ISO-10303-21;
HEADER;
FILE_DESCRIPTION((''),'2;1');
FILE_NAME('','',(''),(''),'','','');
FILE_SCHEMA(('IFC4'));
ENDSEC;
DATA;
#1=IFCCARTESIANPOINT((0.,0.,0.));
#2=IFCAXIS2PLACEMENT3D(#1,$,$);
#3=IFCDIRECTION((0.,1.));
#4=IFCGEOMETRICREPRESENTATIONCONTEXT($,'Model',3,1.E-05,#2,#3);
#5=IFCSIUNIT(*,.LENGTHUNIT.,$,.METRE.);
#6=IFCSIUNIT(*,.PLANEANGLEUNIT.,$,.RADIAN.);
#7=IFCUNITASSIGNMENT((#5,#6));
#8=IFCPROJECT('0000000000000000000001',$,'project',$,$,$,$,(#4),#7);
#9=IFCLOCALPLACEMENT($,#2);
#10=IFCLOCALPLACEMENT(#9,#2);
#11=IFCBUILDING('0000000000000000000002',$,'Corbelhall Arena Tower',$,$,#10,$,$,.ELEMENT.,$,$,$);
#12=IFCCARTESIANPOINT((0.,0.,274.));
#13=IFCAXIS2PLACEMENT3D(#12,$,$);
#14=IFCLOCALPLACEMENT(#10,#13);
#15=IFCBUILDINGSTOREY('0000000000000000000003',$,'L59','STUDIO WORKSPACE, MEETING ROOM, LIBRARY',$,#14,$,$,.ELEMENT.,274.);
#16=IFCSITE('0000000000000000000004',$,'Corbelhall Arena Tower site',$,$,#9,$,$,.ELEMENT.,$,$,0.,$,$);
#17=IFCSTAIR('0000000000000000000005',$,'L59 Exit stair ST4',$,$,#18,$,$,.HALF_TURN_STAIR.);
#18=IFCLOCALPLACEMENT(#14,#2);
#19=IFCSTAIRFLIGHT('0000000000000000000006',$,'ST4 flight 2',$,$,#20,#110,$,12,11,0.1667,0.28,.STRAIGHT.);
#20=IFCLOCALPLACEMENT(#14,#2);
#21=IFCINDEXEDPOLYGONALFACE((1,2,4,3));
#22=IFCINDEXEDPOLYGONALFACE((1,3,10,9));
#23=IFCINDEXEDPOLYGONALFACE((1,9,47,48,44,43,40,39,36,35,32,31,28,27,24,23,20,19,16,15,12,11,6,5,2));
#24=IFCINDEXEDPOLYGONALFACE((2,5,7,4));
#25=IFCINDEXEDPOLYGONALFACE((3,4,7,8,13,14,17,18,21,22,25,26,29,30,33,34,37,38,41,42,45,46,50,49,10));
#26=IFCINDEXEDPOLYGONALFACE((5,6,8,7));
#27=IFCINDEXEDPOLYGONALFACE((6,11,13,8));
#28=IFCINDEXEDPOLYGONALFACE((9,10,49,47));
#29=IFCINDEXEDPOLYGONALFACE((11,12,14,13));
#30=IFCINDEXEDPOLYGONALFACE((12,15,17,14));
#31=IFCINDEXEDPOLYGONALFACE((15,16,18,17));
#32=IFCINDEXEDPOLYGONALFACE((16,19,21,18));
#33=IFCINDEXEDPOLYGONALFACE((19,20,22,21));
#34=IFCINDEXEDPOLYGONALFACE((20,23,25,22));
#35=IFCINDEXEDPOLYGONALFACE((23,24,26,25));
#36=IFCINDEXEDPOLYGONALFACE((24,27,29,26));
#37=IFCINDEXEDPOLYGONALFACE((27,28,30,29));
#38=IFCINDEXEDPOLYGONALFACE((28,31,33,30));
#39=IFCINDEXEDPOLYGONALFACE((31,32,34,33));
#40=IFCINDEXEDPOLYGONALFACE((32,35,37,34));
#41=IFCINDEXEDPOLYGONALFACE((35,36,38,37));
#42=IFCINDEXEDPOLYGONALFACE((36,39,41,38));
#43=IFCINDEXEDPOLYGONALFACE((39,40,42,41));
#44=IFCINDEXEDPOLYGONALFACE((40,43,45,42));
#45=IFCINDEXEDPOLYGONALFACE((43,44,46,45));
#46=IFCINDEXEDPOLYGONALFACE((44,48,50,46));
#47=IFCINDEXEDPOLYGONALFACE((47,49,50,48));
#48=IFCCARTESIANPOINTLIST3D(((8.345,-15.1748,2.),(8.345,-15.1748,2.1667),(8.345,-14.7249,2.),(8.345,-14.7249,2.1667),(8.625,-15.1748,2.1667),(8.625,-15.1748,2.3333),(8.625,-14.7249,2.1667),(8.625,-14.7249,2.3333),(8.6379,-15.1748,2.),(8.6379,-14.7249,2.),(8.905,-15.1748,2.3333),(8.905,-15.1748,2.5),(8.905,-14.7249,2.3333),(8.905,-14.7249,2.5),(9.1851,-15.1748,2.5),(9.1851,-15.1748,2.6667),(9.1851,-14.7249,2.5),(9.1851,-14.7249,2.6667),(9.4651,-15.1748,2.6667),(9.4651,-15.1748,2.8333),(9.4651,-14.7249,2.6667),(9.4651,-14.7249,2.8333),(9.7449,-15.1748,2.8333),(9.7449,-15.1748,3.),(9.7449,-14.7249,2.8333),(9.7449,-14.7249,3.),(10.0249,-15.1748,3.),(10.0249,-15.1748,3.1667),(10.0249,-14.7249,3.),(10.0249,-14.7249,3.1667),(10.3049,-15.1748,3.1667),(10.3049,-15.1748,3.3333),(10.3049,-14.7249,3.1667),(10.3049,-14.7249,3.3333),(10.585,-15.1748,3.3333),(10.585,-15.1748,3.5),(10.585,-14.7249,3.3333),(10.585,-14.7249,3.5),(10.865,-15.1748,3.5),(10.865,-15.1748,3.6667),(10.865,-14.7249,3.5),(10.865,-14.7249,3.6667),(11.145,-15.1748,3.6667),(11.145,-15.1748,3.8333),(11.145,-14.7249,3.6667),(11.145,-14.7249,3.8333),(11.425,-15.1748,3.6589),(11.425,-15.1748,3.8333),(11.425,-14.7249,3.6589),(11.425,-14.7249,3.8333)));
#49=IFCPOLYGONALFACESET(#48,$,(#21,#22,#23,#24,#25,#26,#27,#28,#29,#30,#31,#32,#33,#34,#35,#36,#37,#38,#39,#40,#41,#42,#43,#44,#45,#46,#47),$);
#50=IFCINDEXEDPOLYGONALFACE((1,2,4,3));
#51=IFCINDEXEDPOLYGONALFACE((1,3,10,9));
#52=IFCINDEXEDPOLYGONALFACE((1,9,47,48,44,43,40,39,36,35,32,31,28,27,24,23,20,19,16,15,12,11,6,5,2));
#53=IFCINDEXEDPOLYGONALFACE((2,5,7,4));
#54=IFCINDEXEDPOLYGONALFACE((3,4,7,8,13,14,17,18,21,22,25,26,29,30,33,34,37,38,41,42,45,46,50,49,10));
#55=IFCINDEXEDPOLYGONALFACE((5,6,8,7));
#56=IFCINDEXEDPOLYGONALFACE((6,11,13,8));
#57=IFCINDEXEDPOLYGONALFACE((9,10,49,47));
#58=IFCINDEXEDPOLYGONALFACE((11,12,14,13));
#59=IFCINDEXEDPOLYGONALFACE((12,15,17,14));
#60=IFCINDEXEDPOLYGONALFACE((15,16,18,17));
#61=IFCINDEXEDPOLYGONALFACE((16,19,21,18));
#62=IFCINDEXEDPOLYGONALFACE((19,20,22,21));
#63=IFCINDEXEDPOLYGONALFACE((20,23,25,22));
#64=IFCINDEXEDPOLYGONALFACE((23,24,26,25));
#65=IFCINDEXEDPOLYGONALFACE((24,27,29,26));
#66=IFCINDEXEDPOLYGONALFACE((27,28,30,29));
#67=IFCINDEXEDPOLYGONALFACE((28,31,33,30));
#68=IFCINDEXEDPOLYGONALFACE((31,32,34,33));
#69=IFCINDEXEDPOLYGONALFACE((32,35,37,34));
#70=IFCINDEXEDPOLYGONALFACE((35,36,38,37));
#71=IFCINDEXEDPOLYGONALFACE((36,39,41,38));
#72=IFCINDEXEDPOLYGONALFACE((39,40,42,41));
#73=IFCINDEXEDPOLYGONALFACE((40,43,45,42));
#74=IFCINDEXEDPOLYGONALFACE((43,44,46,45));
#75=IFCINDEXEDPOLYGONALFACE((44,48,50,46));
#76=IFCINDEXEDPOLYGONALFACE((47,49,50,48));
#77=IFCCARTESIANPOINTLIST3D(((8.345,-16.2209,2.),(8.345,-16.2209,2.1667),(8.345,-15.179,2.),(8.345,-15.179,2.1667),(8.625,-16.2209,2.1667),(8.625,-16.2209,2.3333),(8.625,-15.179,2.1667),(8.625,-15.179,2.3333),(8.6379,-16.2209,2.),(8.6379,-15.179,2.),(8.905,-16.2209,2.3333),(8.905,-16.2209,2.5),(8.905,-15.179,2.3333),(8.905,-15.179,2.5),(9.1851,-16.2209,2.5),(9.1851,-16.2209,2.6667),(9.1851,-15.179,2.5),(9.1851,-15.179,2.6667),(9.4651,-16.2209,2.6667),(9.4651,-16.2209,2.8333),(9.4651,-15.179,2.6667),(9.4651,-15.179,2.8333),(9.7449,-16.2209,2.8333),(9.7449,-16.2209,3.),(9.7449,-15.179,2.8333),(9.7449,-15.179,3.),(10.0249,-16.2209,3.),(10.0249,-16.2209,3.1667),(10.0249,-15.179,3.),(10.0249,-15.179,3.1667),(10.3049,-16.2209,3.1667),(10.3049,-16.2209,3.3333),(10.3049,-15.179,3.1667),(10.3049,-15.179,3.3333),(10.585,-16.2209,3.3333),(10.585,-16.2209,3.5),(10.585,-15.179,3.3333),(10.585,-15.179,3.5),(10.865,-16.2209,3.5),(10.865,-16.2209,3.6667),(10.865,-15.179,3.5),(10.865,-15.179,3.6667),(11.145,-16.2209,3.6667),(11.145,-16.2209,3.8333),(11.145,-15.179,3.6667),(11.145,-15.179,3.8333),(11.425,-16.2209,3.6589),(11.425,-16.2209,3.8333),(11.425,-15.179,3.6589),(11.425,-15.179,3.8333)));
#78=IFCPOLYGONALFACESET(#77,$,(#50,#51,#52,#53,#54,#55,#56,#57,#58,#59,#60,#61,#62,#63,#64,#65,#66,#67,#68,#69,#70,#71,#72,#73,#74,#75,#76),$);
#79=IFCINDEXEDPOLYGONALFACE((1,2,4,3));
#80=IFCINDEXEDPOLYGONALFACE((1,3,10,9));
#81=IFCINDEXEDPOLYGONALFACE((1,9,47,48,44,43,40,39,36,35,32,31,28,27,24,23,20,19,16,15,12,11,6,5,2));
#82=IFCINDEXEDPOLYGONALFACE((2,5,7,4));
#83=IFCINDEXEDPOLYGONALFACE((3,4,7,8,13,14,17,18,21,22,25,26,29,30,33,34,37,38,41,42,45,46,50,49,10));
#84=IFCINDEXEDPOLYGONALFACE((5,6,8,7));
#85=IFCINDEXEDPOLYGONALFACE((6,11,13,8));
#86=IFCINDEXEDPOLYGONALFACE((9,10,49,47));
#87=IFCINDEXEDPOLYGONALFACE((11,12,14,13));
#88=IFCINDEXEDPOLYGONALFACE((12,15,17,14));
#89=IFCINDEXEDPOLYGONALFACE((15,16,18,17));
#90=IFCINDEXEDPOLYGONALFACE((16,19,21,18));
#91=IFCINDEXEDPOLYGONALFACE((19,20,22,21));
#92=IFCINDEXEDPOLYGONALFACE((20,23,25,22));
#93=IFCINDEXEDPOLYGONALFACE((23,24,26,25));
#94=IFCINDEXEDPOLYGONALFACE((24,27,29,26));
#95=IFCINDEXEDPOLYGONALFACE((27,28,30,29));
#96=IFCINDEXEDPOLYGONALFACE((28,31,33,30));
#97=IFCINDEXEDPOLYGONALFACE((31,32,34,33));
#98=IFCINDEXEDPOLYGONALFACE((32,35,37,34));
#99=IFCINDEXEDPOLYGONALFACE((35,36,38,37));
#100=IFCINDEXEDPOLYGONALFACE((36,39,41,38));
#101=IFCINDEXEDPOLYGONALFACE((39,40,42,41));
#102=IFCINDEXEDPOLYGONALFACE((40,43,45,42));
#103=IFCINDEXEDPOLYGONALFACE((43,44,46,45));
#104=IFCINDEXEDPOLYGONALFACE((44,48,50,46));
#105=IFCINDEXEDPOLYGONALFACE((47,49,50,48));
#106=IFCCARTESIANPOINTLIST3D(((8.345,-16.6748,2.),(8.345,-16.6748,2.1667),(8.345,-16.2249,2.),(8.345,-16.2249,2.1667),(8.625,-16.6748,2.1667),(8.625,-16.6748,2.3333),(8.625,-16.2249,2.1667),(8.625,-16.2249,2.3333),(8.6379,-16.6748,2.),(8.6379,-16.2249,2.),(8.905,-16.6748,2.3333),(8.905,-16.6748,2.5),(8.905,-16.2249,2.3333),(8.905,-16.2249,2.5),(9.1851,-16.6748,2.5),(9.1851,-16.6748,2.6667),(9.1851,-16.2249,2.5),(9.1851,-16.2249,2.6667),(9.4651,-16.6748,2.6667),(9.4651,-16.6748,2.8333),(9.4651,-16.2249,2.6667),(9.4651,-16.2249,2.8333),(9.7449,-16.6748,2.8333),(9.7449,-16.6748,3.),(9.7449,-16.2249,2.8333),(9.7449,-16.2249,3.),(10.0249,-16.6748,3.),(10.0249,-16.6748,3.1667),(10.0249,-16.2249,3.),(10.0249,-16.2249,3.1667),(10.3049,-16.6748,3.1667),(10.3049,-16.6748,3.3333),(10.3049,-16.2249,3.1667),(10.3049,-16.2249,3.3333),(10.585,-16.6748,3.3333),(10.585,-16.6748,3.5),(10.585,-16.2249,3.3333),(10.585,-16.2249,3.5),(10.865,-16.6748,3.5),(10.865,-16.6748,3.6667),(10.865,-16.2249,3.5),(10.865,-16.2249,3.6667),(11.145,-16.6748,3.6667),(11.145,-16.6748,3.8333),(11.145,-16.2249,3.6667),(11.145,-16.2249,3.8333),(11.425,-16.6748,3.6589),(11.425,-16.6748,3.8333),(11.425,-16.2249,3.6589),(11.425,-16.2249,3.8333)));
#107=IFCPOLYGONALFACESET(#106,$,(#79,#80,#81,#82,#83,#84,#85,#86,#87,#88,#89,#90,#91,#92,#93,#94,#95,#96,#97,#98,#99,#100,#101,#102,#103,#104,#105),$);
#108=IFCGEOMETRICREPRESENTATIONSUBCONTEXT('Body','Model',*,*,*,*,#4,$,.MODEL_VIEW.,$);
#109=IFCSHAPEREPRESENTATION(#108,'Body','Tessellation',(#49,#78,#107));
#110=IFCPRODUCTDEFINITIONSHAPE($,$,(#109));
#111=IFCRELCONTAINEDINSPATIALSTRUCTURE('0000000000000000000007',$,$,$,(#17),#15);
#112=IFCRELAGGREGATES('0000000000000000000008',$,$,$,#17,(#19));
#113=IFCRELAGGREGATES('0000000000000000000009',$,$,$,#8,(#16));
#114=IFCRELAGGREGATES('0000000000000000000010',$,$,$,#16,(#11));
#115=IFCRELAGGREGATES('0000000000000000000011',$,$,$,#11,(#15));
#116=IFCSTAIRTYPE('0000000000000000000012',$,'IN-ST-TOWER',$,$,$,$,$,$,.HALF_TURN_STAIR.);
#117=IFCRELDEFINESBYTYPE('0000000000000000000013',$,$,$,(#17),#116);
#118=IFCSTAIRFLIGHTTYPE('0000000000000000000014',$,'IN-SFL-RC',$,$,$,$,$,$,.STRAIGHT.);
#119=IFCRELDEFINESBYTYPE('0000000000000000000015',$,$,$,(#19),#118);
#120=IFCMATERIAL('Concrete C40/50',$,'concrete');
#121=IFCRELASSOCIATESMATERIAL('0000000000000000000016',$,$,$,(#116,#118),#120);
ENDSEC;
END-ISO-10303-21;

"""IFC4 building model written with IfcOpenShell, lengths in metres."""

from ifc_helpers import new_model, si_unit, direction, frame, origin, place, context, subcontext, project, spatial, polyline, outline, extrude, material, type_object, element, aggregate, save


model = new_model("IFC4")

# Units and contexts
model_context = context("Model", 3, precision=1e-05, world=origin(), true_north=direction((0.0, 1.0)))
body_context = subcontext(model_context, "Body", "Model", "MODEL_VIEW")
ifc_project = project(units=[si_unit("LENGTHUNIT", "METRE"), si_unit("PLANEANGLEUNIT", "RADIAN")], contexts=[model_context])

# Site, building, storey
site_placement = place(None, origin())
site = spatial("IfcSite", under=ifc_project, at=site_placement, Name="Corbelhall Arena Tower site", CompositionType="ELEMENT", RefElevation=0.0)
building_placement = place(site_placement, origin())
building = spatial("IfcBuilding", under=site, at=building_placement, Name="Corbelhall Arena Tower", CompositionType="ELEMENT")
storey_placement = place(building_placement, frame((0.0, 0.0, 274.0)))
storey = spatial("IfcBuildingStorey", under=building, at=storey_placement, Name="L59", Description="STUDIO WORKSPACE, MEETING ROOM, LIBRARY", CompositionType="ELEMENT", Elevation=274.0)

# Shared definitions
ifc_material_1 = material(Name="Concrete C40/50", Category="concrete")

# Stair, stair flight
stair_type = type_object("IfcStairType", Name="IN-ST-TOWER", PredefinedType="HALF_TURN_STAIR", material=ifc_material_1)
stair_placement = place(storey_placement, origin())
stair = element("IfcStair", 1, at=stair_placement, inside=storey, type_object=stair_type, Name="L59 Exit stair ST4", PredefinedType="HALF_TURN_STAIR")
stair_flight_type = type_object("IfcStairFlightType", Name="IN-SFL-RC", PredefinedType="STRAIGHT", material=ifc_material_1)
stair_flight_1_placement = place(storey_placement, frame((8.345, -15.7, 2.0), z_axis=(0.0, 0.0, 1.0), x_axis=(1.0, 0.0, 0.0)))
stair_flight_1 = element("IfcStairFlight", 2, at=stair_flight_1_placement, type_object=stair_flight_type, Name="ST4 flight 2", NumberOfRisers=12, NumberOfTreads=11, PredefinedType="STRAIGHT", RiserHeight=0.1667, TreadLength=0.28, context=body_context, shape_type="SweptSolid", body=[
    extrude(outline(polyline([(0.0, 0.0), (0.0, 0.1667), (0.28, 0.1667), (0.28, 0.3333), (0.5601, 0.3333), (0.5601, 0.5), (0.8401, 0.5), (0.8401, 0.6667), (1.1201, 0.6667), (1.1201, 0.8333), (1.3999, 0.8333), (1.3999, 1.0), (1.6799, 1.0), (1.6799, 1.1667), (1.96, 1.1667), (1.96, 1.3333), (2.24, 1.3333), (2.24, 1.5), (2.52, 1.5), (2.52, 1.6667), (2.8, 1.6667), (2.8, 1.8333), (3.0801, 1.8333), (3.0801, 2.0), (3.0801, 1.6589), (0.293, 0.0), (0.0, 0.0)])), frame((0.0, 0.9751, 0.0), z_axis=(0.0, -1.0, 0.0), x_axis=(1.0, 0.0, 0.0)), (0.0, 0.0, 1.0), 0.45),
    extrude(outline(polyline([(0.0, 0.0), (0.0, 0.1667), (0.28, 0.1667), (0.28, 0.3333), (0.5601, 0.3333), (0.5601, 0.5), (0.8401, 0.5), (0.8401, 0.6667), (1.1201, 0.6667), (1.1201, 0.8333), (1.3999, 0.8333), (1.3999, 1.0), (1.6799, 1.0), (1.6799, 1.1667), (1.96, 1.1667), (1.96, 1.3333), (2.24, 1.3333), (2.24, 1.5), (2.52, 1.5), (2.52, 1.6667), (2.8, 1.6667), (2.8, 1.8333), (3.0801, 1.8333), (3.0801, 2.0), (3.0801, 1.6589), (0.293, 0.0), (0.0, 0.0)])), frame((0.0, 0.521, 0.0), z_axis=(0.0, -1.0, 0.0), x_axis=(1.0, 0.0, 0.0)), (0.0, 0.0, 1.0), 1.042),
    extrude(outline(polyline([(0.0, 0.0), (0.0, 0.1667), (0.28, 0.1667), (0.28, 0.3333), (0.5601, 0.3333), (0.5601, 0.5), (0.8401, 0.5), (0.8401, 0.6667), (1.1201, 0.6667), (1.1201, 0.8333), (1.3999, 0.8333), (1.3999, 1.0), (1.6799, 1.0), (1.6799, 1.1667), (1.96, 1.1667), (1.96, 1.3333), (2.24, 1.3333), (2.24, 1.5), (2.52, 1.5), (2.52, 1.6667), (2.8, 1.6667), (2.8, 1.8333), (3.0801, 1.8333), (3.0801, 2.0), (3.0801, 1.6589), (0.293, 0.0), (0.0, 0.0)])), frame((0.0, -0.5249, 0.0), z_axis=(0.0, -1.0, 0.0), x_axis=(1.0, 0.0, 0.0)), (0.0, 0.0, 1.0), 0.45),
])
aggregate(stair, [stair_flight_1])

save(model, "model.ifc")
